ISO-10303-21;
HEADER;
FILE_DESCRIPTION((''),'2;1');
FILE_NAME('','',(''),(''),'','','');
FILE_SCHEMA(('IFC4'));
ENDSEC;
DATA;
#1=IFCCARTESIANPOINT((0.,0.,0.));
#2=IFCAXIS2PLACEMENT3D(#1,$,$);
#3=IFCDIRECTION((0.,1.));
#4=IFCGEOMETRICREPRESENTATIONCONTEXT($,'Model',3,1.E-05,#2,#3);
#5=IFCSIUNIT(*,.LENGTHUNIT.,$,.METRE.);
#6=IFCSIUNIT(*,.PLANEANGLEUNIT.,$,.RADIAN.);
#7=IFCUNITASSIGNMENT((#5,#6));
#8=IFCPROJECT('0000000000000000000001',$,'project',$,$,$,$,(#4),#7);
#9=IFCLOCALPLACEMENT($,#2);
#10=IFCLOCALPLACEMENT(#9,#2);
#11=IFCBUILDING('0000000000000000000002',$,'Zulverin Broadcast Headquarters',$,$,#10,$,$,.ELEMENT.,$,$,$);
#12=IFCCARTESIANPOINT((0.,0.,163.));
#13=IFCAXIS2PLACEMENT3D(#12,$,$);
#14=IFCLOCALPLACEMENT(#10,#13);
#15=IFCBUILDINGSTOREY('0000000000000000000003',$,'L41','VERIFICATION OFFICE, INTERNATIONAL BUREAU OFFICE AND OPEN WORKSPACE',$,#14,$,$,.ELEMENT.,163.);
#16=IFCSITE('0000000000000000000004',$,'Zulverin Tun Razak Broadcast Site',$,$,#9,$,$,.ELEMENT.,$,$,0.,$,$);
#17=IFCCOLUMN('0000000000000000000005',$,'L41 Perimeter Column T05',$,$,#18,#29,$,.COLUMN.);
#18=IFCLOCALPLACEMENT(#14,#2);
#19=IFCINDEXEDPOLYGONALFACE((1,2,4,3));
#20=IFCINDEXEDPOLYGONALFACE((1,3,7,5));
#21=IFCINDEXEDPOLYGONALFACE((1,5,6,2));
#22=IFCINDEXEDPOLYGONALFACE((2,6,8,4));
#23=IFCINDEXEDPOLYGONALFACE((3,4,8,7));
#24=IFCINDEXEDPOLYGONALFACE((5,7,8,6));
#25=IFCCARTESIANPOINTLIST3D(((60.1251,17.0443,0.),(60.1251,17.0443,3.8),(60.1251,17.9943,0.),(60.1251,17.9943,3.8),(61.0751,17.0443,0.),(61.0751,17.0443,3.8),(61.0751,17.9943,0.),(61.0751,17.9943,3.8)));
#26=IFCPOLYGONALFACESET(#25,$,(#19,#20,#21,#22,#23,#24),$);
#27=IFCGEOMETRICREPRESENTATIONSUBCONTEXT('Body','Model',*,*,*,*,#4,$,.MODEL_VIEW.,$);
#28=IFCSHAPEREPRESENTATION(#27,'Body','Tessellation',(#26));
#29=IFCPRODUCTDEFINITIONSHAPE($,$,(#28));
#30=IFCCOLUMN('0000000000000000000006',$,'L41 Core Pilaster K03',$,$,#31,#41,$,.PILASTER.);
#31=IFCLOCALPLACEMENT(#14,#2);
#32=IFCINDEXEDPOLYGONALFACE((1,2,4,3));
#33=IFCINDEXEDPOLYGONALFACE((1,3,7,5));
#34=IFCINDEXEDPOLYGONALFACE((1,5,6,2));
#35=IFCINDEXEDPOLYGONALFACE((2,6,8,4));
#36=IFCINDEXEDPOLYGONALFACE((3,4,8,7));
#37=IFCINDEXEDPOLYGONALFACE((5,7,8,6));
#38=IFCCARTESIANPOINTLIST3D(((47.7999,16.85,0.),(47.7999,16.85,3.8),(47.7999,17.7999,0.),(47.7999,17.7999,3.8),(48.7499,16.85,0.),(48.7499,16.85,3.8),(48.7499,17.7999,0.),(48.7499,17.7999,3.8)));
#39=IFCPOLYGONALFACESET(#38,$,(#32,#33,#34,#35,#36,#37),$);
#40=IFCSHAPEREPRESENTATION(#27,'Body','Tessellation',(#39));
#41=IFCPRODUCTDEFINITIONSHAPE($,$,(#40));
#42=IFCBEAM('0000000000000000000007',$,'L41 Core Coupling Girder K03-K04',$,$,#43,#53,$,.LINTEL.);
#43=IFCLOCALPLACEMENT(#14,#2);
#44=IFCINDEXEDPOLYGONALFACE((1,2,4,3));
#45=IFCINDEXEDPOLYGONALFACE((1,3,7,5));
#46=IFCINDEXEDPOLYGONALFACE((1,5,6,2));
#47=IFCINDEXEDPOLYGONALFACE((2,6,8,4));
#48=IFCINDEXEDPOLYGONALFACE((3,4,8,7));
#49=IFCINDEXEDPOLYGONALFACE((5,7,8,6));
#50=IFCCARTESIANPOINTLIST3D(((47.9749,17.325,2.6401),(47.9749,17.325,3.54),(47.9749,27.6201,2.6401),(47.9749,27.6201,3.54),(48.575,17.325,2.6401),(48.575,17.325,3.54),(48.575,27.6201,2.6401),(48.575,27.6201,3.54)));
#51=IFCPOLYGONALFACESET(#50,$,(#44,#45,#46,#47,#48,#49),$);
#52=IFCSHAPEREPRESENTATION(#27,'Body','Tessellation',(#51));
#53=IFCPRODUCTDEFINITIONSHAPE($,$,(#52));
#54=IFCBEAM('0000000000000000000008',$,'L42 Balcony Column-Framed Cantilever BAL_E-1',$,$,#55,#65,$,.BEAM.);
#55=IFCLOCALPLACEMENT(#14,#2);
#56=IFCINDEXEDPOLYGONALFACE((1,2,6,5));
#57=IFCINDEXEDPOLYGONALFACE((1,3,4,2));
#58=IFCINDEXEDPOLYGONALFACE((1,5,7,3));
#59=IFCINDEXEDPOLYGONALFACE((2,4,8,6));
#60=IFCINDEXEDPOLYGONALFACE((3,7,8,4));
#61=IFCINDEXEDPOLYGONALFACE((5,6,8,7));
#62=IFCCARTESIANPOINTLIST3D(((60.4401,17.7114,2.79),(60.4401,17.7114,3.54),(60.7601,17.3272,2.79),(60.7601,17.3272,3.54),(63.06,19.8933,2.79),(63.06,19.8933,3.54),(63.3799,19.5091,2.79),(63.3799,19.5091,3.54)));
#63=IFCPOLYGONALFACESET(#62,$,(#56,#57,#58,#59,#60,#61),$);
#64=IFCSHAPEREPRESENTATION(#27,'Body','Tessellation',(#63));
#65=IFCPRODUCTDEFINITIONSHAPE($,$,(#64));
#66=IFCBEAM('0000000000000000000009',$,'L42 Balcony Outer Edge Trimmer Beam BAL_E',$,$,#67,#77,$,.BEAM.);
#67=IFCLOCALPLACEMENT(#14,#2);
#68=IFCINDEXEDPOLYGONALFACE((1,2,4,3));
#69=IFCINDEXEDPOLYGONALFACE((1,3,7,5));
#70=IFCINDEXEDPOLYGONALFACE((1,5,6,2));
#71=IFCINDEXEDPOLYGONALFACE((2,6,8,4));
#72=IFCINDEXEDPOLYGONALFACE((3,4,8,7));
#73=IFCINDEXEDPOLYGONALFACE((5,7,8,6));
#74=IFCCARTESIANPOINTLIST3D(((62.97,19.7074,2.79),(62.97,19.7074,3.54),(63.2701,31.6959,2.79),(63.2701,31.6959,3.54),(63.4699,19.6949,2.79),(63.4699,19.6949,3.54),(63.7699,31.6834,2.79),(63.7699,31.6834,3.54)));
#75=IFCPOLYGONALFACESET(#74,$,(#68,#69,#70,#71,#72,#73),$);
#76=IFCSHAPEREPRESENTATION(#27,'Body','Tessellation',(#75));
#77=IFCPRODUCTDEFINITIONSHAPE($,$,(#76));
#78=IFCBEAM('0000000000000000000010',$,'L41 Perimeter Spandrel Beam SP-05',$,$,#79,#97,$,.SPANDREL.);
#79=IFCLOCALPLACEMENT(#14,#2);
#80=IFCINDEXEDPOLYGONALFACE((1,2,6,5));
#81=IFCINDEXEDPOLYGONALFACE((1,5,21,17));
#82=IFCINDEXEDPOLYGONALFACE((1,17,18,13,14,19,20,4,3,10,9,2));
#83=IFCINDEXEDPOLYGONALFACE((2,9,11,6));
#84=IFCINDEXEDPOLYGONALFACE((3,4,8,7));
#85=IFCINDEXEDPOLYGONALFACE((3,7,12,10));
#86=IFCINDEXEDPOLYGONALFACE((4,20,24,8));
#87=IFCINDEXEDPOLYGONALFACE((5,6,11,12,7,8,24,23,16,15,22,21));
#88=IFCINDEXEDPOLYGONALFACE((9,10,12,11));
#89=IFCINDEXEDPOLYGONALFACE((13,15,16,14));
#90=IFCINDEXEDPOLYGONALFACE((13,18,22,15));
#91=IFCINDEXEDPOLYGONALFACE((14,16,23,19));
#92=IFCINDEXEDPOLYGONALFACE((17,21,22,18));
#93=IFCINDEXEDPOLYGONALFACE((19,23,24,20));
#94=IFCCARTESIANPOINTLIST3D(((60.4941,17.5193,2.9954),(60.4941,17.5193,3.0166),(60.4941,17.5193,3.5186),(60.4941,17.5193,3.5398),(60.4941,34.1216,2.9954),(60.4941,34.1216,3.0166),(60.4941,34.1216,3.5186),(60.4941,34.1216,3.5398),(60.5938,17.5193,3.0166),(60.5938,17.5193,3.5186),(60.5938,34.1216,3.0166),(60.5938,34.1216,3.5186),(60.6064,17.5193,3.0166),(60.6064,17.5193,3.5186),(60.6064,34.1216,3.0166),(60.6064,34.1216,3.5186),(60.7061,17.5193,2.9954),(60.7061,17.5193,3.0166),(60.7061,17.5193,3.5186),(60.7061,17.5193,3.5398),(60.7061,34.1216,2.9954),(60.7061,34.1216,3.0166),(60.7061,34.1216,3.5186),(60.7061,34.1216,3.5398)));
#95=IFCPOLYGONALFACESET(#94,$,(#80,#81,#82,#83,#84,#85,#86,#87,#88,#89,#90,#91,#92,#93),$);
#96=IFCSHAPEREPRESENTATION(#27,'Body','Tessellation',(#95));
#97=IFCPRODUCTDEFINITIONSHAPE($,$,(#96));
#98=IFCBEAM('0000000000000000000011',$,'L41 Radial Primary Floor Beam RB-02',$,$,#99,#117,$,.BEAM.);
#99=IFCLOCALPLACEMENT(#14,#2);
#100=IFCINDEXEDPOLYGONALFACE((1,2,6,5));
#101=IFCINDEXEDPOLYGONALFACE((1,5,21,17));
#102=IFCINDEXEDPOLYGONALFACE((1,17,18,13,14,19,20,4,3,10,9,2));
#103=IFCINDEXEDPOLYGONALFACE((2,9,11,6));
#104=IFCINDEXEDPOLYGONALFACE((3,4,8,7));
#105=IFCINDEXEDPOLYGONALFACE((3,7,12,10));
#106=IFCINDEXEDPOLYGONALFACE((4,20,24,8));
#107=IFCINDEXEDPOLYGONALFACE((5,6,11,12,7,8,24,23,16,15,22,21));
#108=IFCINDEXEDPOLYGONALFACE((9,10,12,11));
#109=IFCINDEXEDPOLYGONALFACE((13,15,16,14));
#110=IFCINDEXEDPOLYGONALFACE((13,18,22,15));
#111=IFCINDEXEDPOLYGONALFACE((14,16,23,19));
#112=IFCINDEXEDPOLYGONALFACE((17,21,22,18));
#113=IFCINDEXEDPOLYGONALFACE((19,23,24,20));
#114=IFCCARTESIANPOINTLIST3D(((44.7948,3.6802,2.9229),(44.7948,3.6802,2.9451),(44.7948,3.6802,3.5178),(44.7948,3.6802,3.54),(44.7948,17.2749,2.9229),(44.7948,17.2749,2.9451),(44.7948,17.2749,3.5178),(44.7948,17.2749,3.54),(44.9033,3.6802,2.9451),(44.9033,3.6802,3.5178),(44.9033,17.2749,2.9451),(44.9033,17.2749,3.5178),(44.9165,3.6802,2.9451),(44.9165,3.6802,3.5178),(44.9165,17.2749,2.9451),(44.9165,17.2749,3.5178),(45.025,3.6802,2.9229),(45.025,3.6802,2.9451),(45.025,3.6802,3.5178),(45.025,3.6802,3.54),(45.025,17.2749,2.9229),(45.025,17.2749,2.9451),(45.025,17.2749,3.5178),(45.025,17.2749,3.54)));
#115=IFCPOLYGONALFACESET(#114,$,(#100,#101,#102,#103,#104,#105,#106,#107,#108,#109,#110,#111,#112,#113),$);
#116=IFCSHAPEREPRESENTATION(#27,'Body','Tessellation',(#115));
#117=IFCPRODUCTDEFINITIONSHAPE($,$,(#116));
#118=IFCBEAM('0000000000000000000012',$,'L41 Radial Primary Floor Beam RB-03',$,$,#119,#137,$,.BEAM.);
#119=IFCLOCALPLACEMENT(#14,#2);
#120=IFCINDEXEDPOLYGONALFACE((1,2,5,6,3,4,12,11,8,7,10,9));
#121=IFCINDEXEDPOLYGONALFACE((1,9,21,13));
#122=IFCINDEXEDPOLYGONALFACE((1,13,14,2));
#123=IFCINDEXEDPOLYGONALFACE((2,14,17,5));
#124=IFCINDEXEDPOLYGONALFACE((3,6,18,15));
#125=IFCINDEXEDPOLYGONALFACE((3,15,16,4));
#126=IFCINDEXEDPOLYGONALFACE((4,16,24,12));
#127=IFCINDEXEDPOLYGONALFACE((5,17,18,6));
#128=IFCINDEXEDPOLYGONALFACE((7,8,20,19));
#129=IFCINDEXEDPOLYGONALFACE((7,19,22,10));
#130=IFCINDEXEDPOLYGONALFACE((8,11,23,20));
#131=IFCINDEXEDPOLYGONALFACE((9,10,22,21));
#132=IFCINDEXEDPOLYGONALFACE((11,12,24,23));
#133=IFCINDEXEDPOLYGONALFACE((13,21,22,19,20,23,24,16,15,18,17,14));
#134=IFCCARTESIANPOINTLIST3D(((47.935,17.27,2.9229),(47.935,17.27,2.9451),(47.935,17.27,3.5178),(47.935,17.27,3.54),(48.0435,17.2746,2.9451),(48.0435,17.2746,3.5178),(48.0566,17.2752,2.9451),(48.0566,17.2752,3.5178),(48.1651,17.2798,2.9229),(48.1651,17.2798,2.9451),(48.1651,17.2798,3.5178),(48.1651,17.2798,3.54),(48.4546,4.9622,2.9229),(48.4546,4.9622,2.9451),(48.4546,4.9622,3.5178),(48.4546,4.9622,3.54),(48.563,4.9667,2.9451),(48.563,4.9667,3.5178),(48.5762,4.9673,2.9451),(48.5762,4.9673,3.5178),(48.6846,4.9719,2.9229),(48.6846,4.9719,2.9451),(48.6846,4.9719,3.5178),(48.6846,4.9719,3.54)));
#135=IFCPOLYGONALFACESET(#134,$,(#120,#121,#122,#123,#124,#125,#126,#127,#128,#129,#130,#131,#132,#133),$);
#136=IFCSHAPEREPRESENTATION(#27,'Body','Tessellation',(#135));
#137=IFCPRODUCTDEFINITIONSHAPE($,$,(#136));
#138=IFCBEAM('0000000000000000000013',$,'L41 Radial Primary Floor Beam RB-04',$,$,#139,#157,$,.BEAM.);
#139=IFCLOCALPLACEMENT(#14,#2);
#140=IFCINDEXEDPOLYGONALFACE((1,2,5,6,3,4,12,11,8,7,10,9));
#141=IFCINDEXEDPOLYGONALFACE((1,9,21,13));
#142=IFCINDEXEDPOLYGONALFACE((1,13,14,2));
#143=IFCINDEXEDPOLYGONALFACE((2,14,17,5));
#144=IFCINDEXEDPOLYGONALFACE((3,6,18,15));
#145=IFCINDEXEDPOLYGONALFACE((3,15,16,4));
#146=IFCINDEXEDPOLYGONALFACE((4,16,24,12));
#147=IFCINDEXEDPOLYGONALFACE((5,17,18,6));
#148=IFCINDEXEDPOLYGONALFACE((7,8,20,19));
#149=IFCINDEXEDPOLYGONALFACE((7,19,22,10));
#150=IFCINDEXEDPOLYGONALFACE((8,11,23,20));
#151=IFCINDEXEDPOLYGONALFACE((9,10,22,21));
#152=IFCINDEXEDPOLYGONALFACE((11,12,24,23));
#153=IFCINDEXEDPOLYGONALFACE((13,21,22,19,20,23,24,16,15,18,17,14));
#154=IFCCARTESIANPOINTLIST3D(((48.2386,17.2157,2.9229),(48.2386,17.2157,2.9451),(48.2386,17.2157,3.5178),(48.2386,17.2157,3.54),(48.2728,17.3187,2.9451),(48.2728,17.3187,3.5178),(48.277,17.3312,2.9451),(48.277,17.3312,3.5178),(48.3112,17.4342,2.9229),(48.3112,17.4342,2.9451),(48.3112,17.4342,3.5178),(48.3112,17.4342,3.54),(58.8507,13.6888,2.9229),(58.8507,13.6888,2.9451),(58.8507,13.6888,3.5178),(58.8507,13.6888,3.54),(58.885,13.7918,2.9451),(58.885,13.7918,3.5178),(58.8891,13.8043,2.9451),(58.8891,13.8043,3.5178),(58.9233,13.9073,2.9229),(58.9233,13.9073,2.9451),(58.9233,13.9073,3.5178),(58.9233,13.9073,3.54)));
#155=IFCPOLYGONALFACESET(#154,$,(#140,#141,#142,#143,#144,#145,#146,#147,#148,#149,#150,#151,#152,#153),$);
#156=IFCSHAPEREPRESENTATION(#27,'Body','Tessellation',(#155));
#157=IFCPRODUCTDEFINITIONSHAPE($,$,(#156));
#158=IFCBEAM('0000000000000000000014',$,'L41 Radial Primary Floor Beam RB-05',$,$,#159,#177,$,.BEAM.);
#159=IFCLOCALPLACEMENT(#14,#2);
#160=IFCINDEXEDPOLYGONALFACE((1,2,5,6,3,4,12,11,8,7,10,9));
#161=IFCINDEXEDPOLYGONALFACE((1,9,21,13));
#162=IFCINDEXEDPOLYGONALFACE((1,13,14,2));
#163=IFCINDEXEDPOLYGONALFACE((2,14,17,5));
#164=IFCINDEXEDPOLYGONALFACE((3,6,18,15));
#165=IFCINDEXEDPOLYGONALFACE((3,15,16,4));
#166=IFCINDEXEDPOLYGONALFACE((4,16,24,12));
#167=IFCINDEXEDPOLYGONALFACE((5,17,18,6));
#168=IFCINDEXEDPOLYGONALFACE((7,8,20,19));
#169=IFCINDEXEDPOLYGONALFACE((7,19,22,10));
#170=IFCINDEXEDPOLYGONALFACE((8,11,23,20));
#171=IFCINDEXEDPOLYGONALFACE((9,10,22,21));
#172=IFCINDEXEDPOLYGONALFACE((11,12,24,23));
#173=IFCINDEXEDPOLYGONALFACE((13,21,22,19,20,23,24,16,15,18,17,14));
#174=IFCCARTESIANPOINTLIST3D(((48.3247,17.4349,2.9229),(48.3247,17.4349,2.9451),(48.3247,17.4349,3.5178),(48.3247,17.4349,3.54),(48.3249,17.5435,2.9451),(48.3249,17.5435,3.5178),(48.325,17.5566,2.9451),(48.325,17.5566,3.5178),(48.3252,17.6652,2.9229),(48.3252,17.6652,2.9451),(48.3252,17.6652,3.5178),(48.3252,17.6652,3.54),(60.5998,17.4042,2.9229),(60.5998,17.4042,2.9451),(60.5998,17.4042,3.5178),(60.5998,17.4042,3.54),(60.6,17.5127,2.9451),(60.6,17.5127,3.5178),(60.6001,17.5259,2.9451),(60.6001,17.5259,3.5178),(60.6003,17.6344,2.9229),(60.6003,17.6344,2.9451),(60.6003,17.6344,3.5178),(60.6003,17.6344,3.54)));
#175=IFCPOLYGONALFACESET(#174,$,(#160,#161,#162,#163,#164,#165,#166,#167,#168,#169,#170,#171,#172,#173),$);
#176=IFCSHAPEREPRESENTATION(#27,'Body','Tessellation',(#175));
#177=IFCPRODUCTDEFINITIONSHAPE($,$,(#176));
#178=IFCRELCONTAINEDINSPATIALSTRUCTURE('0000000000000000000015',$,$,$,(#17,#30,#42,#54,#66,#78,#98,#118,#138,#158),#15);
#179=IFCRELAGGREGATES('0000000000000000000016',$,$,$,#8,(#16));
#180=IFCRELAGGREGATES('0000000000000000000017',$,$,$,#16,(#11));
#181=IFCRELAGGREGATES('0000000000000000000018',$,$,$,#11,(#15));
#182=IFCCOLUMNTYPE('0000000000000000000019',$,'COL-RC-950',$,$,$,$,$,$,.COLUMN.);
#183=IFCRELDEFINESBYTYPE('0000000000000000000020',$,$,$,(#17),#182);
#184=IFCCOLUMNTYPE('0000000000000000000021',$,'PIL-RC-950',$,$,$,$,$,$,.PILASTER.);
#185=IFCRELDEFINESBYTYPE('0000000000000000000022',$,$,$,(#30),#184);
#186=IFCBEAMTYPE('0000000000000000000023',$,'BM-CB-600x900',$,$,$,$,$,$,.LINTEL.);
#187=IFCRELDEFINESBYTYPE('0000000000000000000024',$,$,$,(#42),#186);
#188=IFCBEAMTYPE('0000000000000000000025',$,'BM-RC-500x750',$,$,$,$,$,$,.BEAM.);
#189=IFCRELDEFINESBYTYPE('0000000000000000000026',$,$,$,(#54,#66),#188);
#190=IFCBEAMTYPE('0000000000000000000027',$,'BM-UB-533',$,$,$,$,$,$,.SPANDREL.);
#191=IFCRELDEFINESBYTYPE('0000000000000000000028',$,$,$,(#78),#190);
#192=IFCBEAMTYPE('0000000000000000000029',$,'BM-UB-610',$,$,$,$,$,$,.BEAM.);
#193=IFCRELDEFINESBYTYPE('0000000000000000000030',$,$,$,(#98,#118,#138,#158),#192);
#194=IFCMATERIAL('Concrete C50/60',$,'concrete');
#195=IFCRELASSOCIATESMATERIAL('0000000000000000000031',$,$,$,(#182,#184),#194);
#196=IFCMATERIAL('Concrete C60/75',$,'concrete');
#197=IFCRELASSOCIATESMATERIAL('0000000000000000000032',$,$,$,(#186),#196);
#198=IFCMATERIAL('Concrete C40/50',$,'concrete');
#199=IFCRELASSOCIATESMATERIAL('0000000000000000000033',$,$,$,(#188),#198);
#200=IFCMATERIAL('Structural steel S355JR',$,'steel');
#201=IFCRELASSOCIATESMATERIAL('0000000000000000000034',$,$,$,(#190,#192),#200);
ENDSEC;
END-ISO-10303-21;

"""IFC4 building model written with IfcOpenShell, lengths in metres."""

from ifc_helpers import new_model, si_unit, direction, frame, origin, origin_2d, place, context, subcontext, project, spatial, rectangle, i_section, extrude, material, material_profile, profile_set, type_object, element, save


model = new_model("IFC4")

# Units and contexts
model_context = context("Model", 3, precision=1e-05, world=origin(), true_north=direction((0.0, 1.0)))
body_context = subcontext(model_context, "Body", "Model", "MODEL_VIEW")
ifc_project = project(units=[si_unit("LENGTHUNIT", "METRE"), si_unit("PLANEANGLEUNIT", "RADIAN")], contexts=[model_context])

# Site, building, storey
site_placement = place(None, origin())
site = spatial("IfcSite", under=ifc_project, at=site_placement, Name="Zulverin Tun Razak Broadcast Site", CompositionType="ELEMENT", RefElevation=0.0)
building_placement = place(site_placement, origin())
building = spatial("IfcBuilding", under=site, at=building_placement, Name="Zulverin Broadcast Headquarters", CompositionType="ELEMENT")
storey_placement = place(building_placement, frame((0.0, 0.0, 163.0)))
storey = spatial("IfcBuildingStorey", under=building, at=storey_placement, Name="L41", Description="VERIFICATION OFFICE, INTERNATIONAL BUREAU OFFICE AND OPEN WORKSPACE", CompositionType="ELEMENT", Elevation=163.0)

# Columns
ifc_material_1 = material(Name="Concrete C50/60", Category="concrete")
ifc_material_profile_1 = material_profile(ifc_material_1, rectangle(XDim=0.95, YDim=0.95, at=origin_2d()), Name="Concrete C50/60", Category="concrete")
ifc_profile_set_1 = profile_set([ifc_material_profile_1], Name="Concrete C50/60")
column_type_1 = type_object("IfcColumnType", Name="COL-RC-950", PredefinedType="COLUMN", material=ifc_profile_set_1)
column_1_placement = place(storey_placement, frame((60.6001, 17.5193, 0.0), z_axis=(0.0, 0.0, 1.0), x_axis=(1.0, 0.0, 0.0)))
element("IfcColumn", 1, at=column_1_placement, inside=storey, type_object=column_type_1, Name="L41 Perimeter Column T05", PredefinedType="COLUMN", context=body_context, shape_type="SweptSolid", body=[
    extrude(rectangle(XDim=0.95, YDim=0.95, at=origin_2d()), origin(), (0.0, 0.0, 1.0), 3.8),
])
ifc_material_profile_2 = material_profile(ifc_material_1, rectangle(XDim=0.95, YDim=0.95, at=origin_2d()), Name="Concrete C50/60", Category="concrete")
ifc_profile_set_2 = profile_set([ifc_material_profile_2], Name="Concrete C50/60")
column_type_2 = type_object("IfcColumnType", Name="PIL-RC-950", PredefinedType="PILASTER", material=ifc_profile_set_2)
column_2_placement = place(storey_placement, frame((48.2749, 17.325, 0.0), z_axis=(0.0, 0.0, 1.0), x_axis=(1.0, 0.0, 0.0)))
element("IfcColumn", 2, at=column_2_placement, inside=storey, type_object=column_type_2, Name="L41 Core Pilaster K03", PredefinedType="PILASTER", context=body_context, shape_type="SweptSolid", body=[
    extrude(rectangle(XDim=0.95, YDim=0.95, at=origin_2d()), origin(), (0.0, 0.0, 1.0), 3.8),
])

# Beams
ifc_material_2 = material(Name="Concrete C60/75", Category="concrete")
ifc_material_profile_3 = material_profile(ifc_material_2, rectangle(XDim=0.6001, YDim=0.8999, at=origin_2d()), Name="Concrete C60/75", Category="concrete")
ifc_profile_set_3 = profile_set([ifc_material_profile_3], Name="Concrete C60/75")
beam_type_1 = type_object("IfcBeamType", Name="BM-CB-600x900", PredefinedType="LINTEL", material=ifc_profile_set_3)
beam_1_placement = place(storey_placement, frame((48.2749, 17.325, 3.0901), z_axis=(0.0, 1.0, 0.0), x_axis=(-1.0, 0.0, 0.0)))
element("IfcBeam", 3, at=beam_1_placement, inside=storey, type_object=beam_type_1, Name="L41 Core Coupling Girder K03-K04", PredefinedType="LINTEL", context=body_context, shape_type="SweptSolid", body=[
    extrude(rectangle(XDim=0.6001, YDim=0.8999, at=origin_2d()), origin(), (0.0, 0.0, 1.0), 10.2952),
])
ifc_material_3 = material(Name="Concrete C40/50", Category="concrete")
ifc_material_profile_4 = material_profile(ifc_material_3, rectangle(XDim=0.5, YDim=0.75, at=origin_2d()), Name="Concrete C40/50", Category="concrete")
ifc_profile_set_4 = profile_set([ifc_material_profile_4], Name="Concrete C40/50")
beam_type_2 = type_object("IfcBeamType", Name="BM-RC-500x750", PredefinedType="BEAM", material=ifc_profile_set_4)
beam_2_placement = place(storey_placement, frame((60.6001, 17.5193, 3.165), z_axis=(0.768415, 0.639952, 0.0), x_axis=(-0.639952, 0.768415, 0.0)))
element("IfcBeam", 4, at=beam_2_placement, inside=storey, type_object=beam_type_2, Name="L42 Balcony Column-Framed Cantilever BAL_E-1", PredefinedType="BEAM", context=body_context, shape_type="SweptSolid", body=[
    extrude(rectangle(XDim=0.5, YDim=0.75, at=origin_2d()), origin(), (0.0, 0.0, 1.0), 3.4094),
])
beam_3_placement = place(storey_placement, frame((63.22, 19.7012, 3.165), z_axis=(0.02502, 0.999687, 0.0), x_axis=(-0.999687, 0.02502, 0.0)))
element("IfcBeam", 5, at=beam_3_placement, inside=storey, type_object=beam_type_2, Name="L42 Balcony Outer Edge Trimmer Beam BAL_E", PredefinedType="BEAM", context=body_context, shape_type="SweptSolid", body=[
    extrude(rectangle(XDim=0.5, YDim=0.75, at=origin_2d()), origin(), (0.0, 0.0, 1.0), 11.9922),
])
ifc_material_4 = material(Name="Structural steel S355JR", Category="steel")
ifc_material_profile_5 = material_profile(ifc_material_4, i_section(OverallWidth=0.2119, OverallDepth=0.5444, WebThickness=0.0127, FlangeThickness=0.0212, at=origin_2d()), Name="Structural steel S355JR", Category="steel")
ifc_profile_set_5 = profile_set([ifc_material_profile_5], Name="Structural steel S355JR")
beam_type_3 = type_object("IfcBeamType", Name="BM-UB-533", PredefinedType="SPANDREL", material=ifc_profile_set_5)
beam_4_placement = place(storey_placement, frame((60.6001, 17.5193, 3.2676), z_axis=(0.0, 1.0, 0.0), x_axis=(-1.0, 0.0, 0.0)))
element("IfcBeam", 6, at=beam_4_placement, inside=storey, type_object=beam_type_3, Name="L41 Perimeter Spandrel Beam SP-05", PredefinedType="SPANDREL", context=body_context, shape_type="SweptSolid", body=[
    extrude(i_section(OverallWidth=0.2119, OverallDepth=0.5444, WebThickness=0.0127, FlangeThickness=0.0212, at=origin_2d()), origin(), (0.0, 0.0, 1.0), 16.6023),
])
ifc_material_profile_6 = material_profile(ifc_material_4, i_section(OverallWidth=0.2302, OverallDepth=0.6172, WebThickness=0.0132, FlangeThickness=0.0222, at=origin_2d()), Name="Structural steel S355JR", Category="steel")
ifc_profile_set_6 = profile_set([ifc_material_profile_6], Name="Structural steel S355JR")
beam_type_4 = type_object("IfcBeamType", Name="BM-UB-610", PredefinedType="BEAM", material=ifc_profile_set_6)
beam_5_placement = place(storey_placement, frame((44.9099, 17.2749, 3.2314), z_axis=(0.0, -1.0, 0.0), x_axis=(1.0, 0.0, 0.0)))
element("IfcBeam", 7, at=beam_5_placement, inside=storey, type_object=beam_type_4, Name="L41 Radial Primary Floor Beam RB-02", PredefinedType="BEAM", context=body_context, shape_type="SweptSolid", body=[
    extrude(i_section(OverallWidth=0.2302, OverallDepth=0.6172, WebThickness=0.0132, FlangeThickness=0.0222, at=origin_2d()), origin(), (0.0, 0.0, 1.0), 13.5947),
])
beam_6_placement = place(storey_placement, frame((48.05, 17.2749, 3.2314), z_axis=(0.042174, -0.99911, 0.0), x_axis=(0.99911, 0.042174, 0.0)))
element("IfcBeam", 8, at=beam_6_placement, inside=storey, type_object=beam_type_4, Name="L41 Radial Primary Floor Beam RB-03", PredefinedType="BEAM", context=body_context, shape_type="SweptSolid", body=[
    extrude(i_section(OverallWidth=0.2302, OverallDepth=0.6172, WebThickness=0.0132, FlangeThickness=0.0222, at=origin_2d()), origin(), (0.0, 0.0, 1.0), 12.3188),
])
beam_7_placement = place(storey_placement, frame((48.2749, 17.325, 3.2314), z_axis=(0.948965, -0.315383, 0.0), x_axis=(0.315383, 0.948965, 0.0)))
element("IfcBeam", 9, at=beam_7_placement, inside=storey, type_object=beam_type_4, Name="L41 Radial Primary Floor Beam RB-04", PredefinedType="BEAM", context=body_context, shape_type="SweptSolid", body=[
    extrude(i_section(OverallWidth=0.2302, OverallDepth=0.6172, WebThickness=0.0132, FlangeThickness=0.0222, at=origin_2d()), origin(), (0.0, 0.0, 1.0), 11.1829),
])
beam_8_placement = place(storey_placement, frame((48.325, 17.55, 3.2314), z_axis=(0.999997, -0.002506, 0.0), x_axis=(0.002506, 0.999997, 0.0)))
element("IfcBeam", 10, at=beam_8_placement, inside=storey, type_object=beam_type_4, Name="L41 Radial Primary Floor Beam RB-05", PredefinedType="BEAM", context=body_context, shape_type="SweptSolid", body=[
    extrude(i_section(OverallWidth=0.2302, OverallDepth=0.6172, WebThickness=0.0132, FlangeThickness=0.0222, at=origin_2d()), origin(), (0.0, 0.0, 1.0), 12.2751),
])

save(model, "model.ifc")
